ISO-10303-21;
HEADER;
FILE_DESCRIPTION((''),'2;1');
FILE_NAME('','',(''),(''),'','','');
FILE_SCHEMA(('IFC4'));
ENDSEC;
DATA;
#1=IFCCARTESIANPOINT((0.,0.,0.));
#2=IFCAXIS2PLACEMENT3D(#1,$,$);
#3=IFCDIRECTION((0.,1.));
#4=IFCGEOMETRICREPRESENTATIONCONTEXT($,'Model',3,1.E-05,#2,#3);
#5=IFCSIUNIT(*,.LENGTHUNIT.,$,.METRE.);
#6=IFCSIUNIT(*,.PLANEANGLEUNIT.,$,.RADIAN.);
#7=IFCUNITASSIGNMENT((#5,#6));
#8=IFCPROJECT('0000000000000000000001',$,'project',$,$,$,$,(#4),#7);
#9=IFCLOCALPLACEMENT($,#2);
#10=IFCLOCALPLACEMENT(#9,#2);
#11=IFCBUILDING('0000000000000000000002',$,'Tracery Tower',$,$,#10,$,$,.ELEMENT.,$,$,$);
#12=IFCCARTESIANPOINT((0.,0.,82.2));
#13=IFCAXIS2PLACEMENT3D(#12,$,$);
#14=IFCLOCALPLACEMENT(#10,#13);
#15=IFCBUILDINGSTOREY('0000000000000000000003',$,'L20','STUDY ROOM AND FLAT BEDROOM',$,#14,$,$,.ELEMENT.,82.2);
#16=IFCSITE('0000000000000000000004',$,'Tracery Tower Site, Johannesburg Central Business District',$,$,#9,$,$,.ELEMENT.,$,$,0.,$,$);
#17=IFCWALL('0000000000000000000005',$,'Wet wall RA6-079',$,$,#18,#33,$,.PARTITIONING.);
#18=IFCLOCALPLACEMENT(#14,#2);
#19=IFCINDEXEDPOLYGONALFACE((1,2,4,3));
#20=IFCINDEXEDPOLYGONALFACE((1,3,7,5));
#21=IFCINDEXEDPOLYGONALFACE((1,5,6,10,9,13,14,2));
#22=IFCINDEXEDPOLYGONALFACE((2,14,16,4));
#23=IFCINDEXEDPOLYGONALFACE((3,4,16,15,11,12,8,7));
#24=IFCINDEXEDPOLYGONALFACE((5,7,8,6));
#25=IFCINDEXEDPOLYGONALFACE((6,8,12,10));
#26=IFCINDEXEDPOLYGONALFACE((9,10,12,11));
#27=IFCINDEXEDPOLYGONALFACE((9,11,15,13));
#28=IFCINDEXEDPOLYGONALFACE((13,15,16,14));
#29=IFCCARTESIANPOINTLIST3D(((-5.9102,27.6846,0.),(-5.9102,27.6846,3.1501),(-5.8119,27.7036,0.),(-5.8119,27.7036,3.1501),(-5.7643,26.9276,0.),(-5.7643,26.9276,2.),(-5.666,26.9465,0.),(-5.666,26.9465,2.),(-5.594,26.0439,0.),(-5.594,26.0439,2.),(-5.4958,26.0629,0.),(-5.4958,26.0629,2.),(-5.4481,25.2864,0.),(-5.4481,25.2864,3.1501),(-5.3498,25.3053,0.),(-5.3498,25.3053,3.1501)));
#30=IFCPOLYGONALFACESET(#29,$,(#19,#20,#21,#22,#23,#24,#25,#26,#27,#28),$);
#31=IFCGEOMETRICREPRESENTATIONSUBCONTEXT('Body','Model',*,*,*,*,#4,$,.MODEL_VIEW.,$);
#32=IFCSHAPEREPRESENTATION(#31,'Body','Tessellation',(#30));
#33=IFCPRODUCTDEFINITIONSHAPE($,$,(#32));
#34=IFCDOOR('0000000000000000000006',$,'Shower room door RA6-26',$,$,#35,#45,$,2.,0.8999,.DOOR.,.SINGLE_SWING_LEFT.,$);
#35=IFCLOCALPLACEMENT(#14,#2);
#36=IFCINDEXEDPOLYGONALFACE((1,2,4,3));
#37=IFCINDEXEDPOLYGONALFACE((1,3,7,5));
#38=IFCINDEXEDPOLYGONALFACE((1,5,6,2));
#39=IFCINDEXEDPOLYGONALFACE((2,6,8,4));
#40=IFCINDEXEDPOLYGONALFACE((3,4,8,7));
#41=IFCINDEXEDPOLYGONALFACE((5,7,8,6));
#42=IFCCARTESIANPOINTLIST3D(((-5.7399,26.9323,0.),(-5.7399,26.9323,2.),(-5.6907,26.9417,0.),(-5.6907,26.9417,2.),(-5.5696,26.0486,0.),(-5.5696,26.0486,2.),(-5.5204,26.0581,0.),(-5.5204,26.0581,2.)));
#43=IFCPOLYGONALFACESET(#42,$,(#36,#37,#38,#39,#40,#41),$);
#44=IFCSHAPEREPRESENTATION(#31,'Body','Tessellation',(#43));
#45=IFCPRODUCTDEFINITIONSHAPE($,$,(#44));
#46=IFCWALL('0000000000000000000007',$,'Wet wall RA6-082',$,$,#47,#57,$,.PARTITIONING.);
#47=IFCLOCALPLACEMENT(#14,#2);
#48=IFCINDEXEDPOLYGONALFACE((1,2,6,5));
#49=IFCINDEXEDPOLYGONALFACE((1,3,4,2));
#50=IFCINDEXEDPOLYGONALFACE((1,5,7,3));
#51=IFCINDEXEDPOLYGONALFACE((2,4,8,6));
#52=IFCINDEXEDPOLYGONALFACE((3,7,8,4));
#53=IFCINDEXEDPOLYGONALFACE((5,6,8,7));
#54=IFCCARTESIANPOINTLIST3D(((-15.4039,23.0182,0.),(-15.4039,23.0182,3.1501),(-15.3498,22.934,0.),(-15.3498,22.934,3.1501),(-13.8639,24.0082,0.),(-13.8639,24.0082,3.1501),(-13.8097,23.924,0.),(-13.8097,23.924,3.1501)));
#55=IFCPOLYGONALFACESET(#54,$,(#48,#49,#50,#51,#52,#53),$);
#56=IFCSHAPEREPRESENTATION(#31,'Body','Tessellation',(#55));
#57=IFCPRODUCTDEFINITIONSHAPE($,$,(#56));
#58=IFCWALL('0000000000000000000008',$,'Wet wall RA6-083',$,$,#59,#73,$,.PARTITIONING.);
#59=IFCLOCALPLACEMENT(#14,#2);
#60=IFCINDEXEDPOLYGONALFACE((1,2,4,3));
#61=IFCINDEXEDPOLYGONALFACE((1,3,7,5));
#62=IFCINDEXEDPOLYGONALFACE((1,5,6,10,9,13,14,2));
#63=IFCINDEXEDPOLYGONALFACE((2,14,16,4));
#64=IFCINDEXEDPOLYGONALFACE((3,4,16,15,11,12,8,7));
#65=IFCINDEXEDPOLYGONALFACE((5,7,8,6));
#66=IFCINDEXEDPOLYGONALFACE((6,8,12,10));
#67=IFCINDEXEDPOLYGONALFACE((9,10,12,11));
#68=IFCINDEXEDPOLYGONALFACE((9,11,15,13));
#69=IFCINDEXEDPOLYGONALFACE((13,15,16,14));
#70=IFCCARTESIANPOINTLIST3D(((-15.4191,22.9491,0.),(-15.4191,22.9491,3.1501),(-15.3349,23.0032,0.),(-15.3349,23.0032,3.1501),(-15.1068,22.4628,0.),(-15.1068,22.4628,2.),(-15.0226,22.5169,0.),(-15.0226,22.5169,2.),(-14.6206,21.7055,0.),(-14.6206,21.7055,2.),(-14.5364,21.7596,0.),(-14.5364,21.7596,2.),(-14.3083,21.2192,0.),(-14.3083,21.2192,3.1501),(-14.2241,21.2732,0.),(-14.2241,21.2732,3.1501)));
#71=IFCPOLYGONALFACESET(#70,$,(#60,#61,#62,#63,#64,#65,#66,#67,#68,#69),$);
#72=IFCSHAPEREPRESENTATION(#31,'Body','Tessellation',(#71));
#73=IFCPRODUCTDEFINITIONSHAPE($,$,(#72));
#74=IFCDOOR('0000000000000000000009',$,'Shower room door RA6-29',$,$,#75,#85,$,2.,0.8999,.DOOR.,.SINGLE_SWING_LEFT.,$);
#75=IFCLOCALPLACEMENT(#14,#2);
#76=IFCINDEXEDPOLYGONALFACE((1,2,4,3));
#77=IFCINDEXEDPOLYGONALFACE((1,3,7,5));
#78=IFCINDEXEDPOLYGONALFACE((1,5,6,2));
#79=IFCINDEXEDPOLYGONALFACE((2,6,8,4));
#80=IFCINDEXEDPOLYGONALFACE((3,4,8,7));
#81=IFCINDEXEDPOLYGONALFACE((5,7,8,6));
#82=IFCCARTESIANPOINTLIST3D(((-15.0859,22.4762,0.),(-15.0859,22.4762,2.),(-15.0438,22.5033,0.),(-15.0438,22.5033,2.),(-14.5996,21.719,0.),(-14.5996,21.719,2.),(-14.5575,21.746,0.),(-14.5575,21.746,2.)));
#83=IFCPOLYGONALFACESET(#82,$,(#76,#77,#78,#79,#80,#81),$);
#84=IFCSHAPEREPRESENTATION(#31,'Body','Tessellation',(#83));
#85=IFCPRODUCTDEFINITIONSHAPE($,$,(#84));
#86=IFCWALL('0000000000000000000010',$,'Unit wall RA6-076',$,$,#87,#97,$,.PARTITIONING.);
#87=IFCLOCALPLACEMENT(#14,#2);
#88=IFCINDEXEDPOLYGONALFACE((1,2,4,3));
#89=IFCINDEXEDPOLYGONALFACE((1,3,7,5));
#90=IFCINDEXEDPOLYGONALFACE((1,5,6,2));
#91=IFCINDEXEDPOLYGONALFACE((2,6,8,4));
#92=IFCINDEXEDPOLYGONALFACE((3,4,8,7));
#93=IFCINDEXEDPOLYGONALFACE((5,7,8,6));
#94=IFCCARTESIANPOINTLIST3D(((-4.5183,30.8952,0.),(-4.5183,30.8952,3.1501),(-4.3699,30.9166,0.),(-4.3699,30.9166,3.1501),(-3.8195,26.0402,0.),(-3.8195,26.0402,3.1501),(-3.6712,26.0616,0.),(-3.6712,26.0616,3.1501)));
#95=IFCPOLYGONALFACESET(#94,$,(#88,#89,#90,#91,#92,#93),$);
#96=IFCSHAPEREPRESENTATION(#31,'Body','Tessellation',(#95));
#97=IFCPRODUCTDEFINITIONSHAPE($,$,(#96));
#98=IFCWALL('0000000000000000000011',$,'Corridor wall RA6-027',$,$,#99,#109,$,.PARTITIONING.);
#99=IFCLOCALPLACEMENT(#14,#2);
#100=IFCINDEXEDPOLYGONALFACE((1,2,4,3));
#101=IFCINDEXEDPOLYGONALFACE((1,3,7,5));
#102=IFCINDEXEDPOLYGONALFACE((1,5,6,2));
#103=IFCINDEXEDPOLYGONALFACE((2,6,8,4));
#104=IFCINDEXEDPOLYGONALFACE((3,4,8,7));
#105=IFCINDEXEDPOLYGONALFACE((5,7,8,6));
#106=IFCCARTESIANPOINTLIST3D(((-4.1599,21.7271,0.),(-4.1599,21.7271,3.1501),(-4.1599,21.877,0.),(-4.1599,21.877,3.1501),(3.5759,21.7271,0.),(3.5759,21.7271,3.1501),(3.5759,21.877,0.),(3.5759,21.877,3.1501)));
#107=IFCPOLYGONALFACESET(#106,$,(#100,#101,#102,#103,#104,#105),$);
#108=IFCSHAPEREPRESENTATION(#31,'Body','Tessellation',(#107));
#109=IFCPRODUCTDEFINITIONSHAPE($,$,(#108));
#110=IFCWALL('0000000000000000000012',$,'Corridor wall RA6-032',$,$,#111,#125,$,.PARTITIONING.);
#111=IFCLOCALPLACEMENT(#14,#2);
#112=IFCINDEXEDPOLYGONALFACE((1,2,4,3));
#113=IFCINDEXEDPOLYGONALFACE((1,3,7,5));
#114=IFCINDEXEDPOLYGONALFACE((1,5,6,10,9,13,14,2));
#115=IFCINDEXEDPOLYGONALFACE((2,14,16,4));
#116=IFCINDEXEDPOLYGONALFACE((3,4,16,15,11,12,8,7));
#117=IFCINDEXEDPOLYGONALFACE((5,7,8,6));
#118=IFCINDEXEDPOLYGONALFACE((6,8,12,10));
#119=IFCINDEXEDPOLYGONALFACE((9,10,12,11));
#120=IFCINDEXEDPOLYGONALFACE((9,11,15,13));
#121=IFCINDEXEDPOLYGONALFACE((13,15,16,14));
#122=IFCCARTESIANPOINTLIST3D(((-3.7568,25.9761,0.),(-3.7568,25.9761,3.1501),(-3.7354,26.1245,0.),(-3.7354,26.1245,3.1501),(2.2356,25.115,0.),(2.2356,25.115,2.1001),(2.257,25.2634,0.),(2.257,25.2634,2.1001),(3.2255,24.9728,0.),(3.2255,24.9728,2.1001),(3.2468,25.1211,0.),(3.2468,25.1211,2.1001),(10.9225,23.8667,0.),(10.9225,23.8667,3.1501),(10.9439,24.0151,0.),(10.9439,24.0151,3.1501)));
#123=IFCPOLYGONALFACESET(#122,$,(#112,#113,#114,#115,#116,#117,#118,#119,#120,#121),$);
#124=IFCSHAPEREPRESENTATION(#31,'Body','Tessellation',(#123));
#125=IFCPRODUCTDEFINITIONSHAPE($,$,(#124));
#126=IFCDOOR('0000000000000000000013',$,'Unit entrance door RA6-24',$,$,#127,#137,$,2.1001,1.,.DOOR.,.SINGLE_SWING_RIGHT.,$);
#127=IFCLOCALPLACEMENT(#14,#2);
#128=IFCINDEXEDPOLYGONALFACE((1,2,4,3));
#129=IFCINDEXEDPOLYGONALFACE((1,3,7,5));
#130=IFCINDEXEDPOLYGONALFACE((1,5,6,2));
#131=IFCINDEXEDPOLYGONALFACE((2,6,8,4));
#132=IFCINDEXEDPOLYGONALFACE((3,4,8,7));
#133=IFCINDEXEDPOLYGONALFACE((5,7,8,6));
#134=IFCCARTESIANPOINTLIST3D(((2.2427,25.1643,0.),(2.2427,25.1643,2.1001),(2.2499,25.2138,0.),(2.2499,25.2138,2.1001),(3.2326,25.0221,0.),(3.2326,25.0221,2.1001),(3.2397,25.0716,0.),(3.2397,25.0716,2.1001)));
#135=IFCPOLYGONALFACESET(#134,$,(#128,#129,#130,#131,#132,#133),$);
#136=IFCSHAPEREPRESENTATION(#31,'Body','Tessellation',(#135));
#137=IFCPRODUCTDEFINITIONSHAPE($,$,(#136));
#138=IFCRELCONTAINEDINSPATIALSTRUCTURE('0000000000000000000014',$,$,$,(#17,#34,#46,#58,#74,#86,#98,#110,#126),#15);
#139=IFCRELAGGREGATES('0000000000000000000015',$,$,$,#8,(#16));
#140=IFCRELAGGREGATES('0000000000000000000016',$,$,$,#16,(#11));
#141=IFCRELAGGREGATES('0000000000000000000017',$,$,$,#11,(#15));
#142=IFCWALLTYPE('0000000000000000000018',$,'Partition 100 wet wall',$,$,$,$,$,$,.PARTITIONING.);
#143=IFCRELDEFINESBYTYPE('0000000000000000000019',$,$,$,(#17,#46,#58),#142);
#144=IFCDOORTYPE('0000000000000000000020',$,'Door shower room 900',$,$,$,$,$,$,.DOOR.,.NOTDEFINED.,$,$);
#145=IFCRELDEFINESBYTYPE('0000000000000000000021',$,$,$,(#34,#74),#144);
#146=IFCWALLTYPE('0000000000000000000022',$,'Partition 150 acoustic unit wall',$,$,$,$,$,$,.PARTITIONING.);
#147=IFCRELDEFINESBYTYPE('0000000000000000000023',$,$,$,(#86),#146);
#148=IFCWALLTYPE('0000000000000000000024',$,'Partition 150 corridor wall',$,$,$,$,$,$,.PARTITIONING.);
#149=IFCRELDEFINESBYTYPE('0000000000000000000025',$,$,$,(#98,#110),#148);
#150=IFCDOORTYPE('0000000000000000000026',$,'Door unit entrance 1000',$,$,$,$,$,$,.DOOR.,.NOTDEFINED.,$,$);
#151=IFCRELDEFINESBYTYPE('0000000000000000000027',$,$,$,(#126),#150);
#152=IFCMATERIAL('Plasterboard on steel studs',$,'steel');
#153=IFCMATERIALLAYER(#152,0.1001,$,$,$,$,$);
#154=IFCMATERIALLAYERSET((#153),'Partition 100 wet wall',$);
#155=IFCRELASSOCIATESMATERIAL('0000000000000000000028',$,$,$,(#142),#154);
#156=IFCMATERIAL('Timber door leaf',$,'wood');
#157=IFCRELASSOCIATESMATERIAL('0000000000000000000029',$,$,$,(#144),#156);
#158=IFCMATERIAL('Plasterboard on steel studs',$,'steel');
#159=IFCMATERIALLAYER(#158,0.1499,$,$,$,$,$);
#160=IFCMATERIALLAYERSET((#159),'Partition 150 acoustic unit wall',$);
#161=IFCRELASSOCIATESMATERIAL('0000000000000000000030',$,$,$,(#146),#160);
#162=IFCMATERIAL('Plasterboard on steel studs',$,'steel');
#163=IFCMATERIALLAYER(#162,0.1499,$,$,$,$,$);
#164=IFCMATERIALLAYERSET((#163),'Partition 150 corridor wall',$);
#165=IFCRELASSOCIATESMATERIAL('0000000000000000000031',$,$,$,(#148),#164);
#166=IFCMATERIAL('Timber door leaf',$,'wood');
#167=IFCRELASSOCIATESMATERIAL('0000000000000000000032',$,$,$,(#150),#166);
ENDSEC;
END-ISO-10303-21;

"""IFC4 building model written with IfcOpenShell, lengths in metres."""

from ifc_helpers import new_model, si_unit, direction, frame, frame_2d, origin, place, context, subcontext, project, spatial, rectangle, extrude, material, layer, layer_set, type_object, element, fill, save


model = new_model("IFC4")

# Units and contexts
model_context = context("Model", 3, precision=1e-05, world=origin(), true_north=direction((0.0, 1.0)))
body_context = subcontext(model_context, "Body", "Model", "MODEL_VIEW")
ifc_project = project(units=[si_unit("LENGTHUNIT", "METRE"), si_unit("PLANEANGLEUNIT", "RADIAN")], contexts=[model_context])

# Site, building, storey
site_placement = place(None, origin())
site = spatial("IfcSite", under=ifc_project, at=site_placement, Name="Tracery Tower Site, Johannesburg Central Business District", CompositionType="ELEMENT", RefElevation=0.0)
building_placement = place(site_placement, origin())
building = spatial("IfcBuilding", under=site, at=building_placement, Name="Tracery Tower", CompositionType="ELEMENT")
storey_placement = place(building_placement, frame((0.0, 0.0, 82.2)))
storey = spatial("IfcBuildingStorey", under=building, at=storey_placement, Name="L20", Description="STUDY ROOM AND FLAT BEDROOM", CompositionType="ELEMENT", Elevation=82.2)

# Shared definitions
ifc_material_1 = material(Name="Plasterboard on steel studs", Category="steel")
ifc_layer_1 = layer(ifc_material_1, 0.1001)
ifc_layer_set_1 = layer_set([ifc_layer_1], Name="Partition 100 wet wall")
wall_type_1 = type_object("IfcWallType", Name="Partition 100 wet wall", PredefinedType="PARTITIONING", material=ifc_layer_set_1)

# Wall, opening, door
wall_1_placement = place(storey_placement, frame((-5.8611, 27.6941, 0.0), z_axis=(0.0, 0.0, 1.0), x_axis=(0.189229, -0.981933, 0.0)))
wall_1 = element("IfcWall", 1, at=wall_1_placement, inside=storey, type_object=wall_type_1, Name="Wet wall RA6-079", PredefinedType="PARTITIONING", context=body_context, shape_type="SweptSolid", body=[
    extrude(rectangle(XDim=2.4424, YDim=0.1001, at=frame_2d((1.2212, 0.0))), origin(), (0.0, 0.0, 1.0), 3.1501),
])
opening_1_placement = place(wall_1_placement, frame((0.771, 0.0, 0.0)))
opening_1 = element("IfcOpeningElement", 2, at=opening_1_placement, cuts=wall_1, PredefinedType="OPENING", context=body_context, shape_type="SweptSolid", body=[
    extrude(rectangle(XDim=0.8999, YDim=2.0, at=frame_2d((0.45, 1.0))), frame((0.0, 0.05, 0.0), z_axis=(0.0, -1.0, 0.0), x_axis=(1.0, 0.0, 0.0)), (0.0, 0.0, 1.0), 0.1001),
])
ifc_material_2 = material(Name="Timber door leaf", Category="wood")
door_type_1 = type_object("IfcDoorType", Name="Door shower room 900", OperationType="NOTDEFINED", PredefinedType="DOOR", material=ifc_material_2)
door_1_placement = place(opening_1_placement, origin())
door_1 = element("IfcDoor", 3, at=door_1_placement, inside=storey, type_object=door_type_1, Name="Shower room door RA6-26", OperationType="SINGLE_SWING_LEFT", OverallHeight=2.0, OverallWidth=0.8999, PredefinedType="DOOR", context=body_context, shape_type="SweptSolid", body=[
    extrude(rectangle(XDim=0.8999, YDim=2.0, at=frame_2d((0.45, 1.0))), frame((0.0, 0.0249, 0.0), z_axis=(0.0, -1.0, 0.0), x_axis=(1.0, 0.0, 0.0)), (0.0, 0.0, 1.0), 0.05),
])
fill(opening_1, door_1)

# Wall
wall_2_placement = place(storey_placement, frame((-15.377, 22.9761, 0.0), z_axis=(0.0, 0.0, 1.0), x_axis=(0.841187, 0.540744, 0.0)))
element("IfcWall", 4, at=wall_2_placement, inside=storey, type_object=wall_type_1, Name="Wet wall RA6-082", PredefinedType="PARTITIONING", context=body_context, shape_type="SweptSolid", body=[
    extrude(rectangle(XDim=1.8308, YDim=0.1001, at=frame_2d((0.9155, 0.0))), origin(), (0.0, 0.0, 1.0), 3.1501),
])

# Wall, opening, door
wall_3_placement = place(storey_placement, frame((-15.377, 22.9761, 0.0), z_axis=(0.0, 0.0, 1.0), x_axis=(0.540313, -0.841464, 0.0)))
wall_3 = element("IfcWall", 5, at=wall_3_placement, inside=storey, type_object=wall_type_1, Name="Wet wall RA6-083", PredefinedType="PARTITIONING", context=body_context, shape_type="SweptSolid", body=[
    extrude(rectangle(XDim=2.0559, YDim=0.1001, at=frame_2d((1.0278, 0.0))), origin(), (0.0, 0.0, 1.0), 3.1501),
])
opening_2_placement = place(wall_3_placement, frame((0.5779, 0.0, 0.0)))
opening_2 = element("IfcOpeningElement", 6, at=opening_2_placement, cuts=wall_3, PredefinedType="OPENING", context=body_context, shape_type="SweptSolid", body=[
    extrude(rectangle(XDim=0.8999, YDim=2.0, at=frame_2d((0.45, 1.0))), frame((0.0, 0.05, 0.0), z_axis=(0.0, -1.0, 0.0), x_axis=(1.0, 0.0, 0.0)), (0.0, 0.0, 1.0), 0.1001),
])
door_2_placement = place(opening_2_placement, origin())
door_2 = element("IfcDoor", 7, at=door_2_placement, inside=storey, type_object=door_type_1, Name="Shower room door RA6-29", OperationType="SINGLE_SWING_LEFT", OverallHeight=2.0, OverallWidth=0.8999, PredefinedType="DOOR", context=body_context, shape_type="SweptSolid", body=[
    extrude(rectangle(XDim=0.8999, YDim=2.0, at=frame_2d((0.45, 1.0))), frame((0.0, 0.0249, 0.0), z_axis=(0.0, -1.0, 0.0), x_axis=(1.0, 0.0, 0.0)), (0.0, 0.0, 1.0), 0.05),
])
fill(opening_2, door_2)

# Walls
ifc_material_3 = material(Name="Plasterboard on steel studs", Category="steel")
ifc_layer_2 = layer(ifc_material_3, 0.1499)
ifc_layer_set_2 = layer_set([ifc_layer_2], Name="Partition 150 acoustic unit wall")
wall_type_2 = type_object("IfcWallType", Name="Partition 150 acoustic unit wall", PredefinedType="PARTITIONING", material=ifc_layer_set_2)
wall_4_placement = place(storey_placement, frame((-4.4441, 30.906, 0.0), z_axis=(0.0, 0.0, 1.0), x_axis=(0.142453, -0.989802, 0.0)))
element("IfcWall", 8, at=wall_4_placement, inside=storey, type_object=wall_type_2, Name="Unit wall RA6-076", PredefinedType="PARTITIONING", context=body_context, shape_type="SweptSolid", body=[
    extrude(rectangle(XDim=4.905, YDim=0.1499, at=frame_2d((2.4526, 0.0))), origin(), (0.0, 0.0, 1.0), 3.1501),
])
ifc_material_4 = material(Name="Plasterboard on steel studs", Category="steel")
ifc_layer_3 = layer(ifc_material_4, 0.1499)
ifc_layer_set_3 = layer_set([ifc_layer_3], Name="Partition 150 corridor wall")
wall_type_3 = type_object("IfcWallType", Name="Partition 150 corridor wall", PredefinedType="PARTITIONING", material=ifc_layer_set_3)
wall_5_placement = place(storey_placement, frame((-4.1599, 21.802, 0.0), z_axis=(0.0, 0.0, 1.0), x_axis=(1.0, 0.0, 0.0)))
element("IfcWall", 9, at=wall_5_placement, inside=storey, type_object=wall_type_3, Name="Corridor wall RA6-027", PredefinedType="PARTITIONING", context=body_context, shape_type="SweptSolid", body=[
    extrude(rectangle(XDim=7.7358, YDim=0.1499, at=frame_2d((3.8679, 0.0))), origin(), (0.0, 0.0, 1.0), 3.1501),
])

# Wall, opening, door
wall_6_placement = place(storey_placement, frame((-3.7461, 26.0503, 0.0), z_axis=(0.0, 0.0, 1.0), x_axis=(0.989833, -0.142237, 0.0)))
wall_6 = element("IfcWall", 10, at=wall_6_placement, inside=storey, type_object=wall_type_3, Name="Corridor wall RA6-032", PredefinedType="PARTITIONING", context=body_context, shape_type="SweptSolid", body=[
    extrude(rectangle(XDim=14.8301, YDim=0.1499, at=frame_2d((7.415, 0.0))), origin(), (0.0, 0.0, 1.0), 3.1501),
])
opening_3_placement = place(wall_6_placement, frame((6.054, 0.0, 0.0)))
opening_3 = element("IfcOpeningElement", 11, at=opening_3_placement, cuts=wall_6, PredefinedType="OPENING", context=body_context, shape_type="SweptSolid", body=[
    extrude(rectangle(XDim=1.0, YDim=2.1001, at=frame_2d((0.5, 1.05))), frame((0.0, 0.075, 0.0), z_axis=(0.0, -1.0, 0.0), x_axis=(1.0, 0.0, 0.0)), (0.0, 0.0, 1.0), 0.1499),
])
ifc_material_5 = material(Name="Timber door leaf", Category="wood")
door_type_2 = type_object("IfcDoorType", Name="Door unit entrance 1000", OperationType="NOTDEFINED", PredefinedType="DOOR", material=ifc_material_5)
door_3_placement = place(opening_3_placement, origin())
door_3 = element("IfcDoor", 12, at=door_3_placement, inside=storey, type_object=door_type_2, Name="Unit entrance door RA6-24", OperationType="SINGLE_SWING_RIGHT", OverallHeight=2.1001, OverallWidth=1.0, PredefinedType="DOOR", context=body_context, shape_type="SweptSolid", body=[
    extrude(rectangle(XDim=1.0, YDim=2.1001, at=frame_2d((0.5, 1.05))), frame((0.0, 0.0249, 0.0), z_axis=(0.0, -1.0, 0.0), x_axis=(1.0, 0.0, 0.0)), (0.0, 0.0, 1.0), 0.05),
])
fill(opening_3, door_3)

save(model, "model.ifc")
